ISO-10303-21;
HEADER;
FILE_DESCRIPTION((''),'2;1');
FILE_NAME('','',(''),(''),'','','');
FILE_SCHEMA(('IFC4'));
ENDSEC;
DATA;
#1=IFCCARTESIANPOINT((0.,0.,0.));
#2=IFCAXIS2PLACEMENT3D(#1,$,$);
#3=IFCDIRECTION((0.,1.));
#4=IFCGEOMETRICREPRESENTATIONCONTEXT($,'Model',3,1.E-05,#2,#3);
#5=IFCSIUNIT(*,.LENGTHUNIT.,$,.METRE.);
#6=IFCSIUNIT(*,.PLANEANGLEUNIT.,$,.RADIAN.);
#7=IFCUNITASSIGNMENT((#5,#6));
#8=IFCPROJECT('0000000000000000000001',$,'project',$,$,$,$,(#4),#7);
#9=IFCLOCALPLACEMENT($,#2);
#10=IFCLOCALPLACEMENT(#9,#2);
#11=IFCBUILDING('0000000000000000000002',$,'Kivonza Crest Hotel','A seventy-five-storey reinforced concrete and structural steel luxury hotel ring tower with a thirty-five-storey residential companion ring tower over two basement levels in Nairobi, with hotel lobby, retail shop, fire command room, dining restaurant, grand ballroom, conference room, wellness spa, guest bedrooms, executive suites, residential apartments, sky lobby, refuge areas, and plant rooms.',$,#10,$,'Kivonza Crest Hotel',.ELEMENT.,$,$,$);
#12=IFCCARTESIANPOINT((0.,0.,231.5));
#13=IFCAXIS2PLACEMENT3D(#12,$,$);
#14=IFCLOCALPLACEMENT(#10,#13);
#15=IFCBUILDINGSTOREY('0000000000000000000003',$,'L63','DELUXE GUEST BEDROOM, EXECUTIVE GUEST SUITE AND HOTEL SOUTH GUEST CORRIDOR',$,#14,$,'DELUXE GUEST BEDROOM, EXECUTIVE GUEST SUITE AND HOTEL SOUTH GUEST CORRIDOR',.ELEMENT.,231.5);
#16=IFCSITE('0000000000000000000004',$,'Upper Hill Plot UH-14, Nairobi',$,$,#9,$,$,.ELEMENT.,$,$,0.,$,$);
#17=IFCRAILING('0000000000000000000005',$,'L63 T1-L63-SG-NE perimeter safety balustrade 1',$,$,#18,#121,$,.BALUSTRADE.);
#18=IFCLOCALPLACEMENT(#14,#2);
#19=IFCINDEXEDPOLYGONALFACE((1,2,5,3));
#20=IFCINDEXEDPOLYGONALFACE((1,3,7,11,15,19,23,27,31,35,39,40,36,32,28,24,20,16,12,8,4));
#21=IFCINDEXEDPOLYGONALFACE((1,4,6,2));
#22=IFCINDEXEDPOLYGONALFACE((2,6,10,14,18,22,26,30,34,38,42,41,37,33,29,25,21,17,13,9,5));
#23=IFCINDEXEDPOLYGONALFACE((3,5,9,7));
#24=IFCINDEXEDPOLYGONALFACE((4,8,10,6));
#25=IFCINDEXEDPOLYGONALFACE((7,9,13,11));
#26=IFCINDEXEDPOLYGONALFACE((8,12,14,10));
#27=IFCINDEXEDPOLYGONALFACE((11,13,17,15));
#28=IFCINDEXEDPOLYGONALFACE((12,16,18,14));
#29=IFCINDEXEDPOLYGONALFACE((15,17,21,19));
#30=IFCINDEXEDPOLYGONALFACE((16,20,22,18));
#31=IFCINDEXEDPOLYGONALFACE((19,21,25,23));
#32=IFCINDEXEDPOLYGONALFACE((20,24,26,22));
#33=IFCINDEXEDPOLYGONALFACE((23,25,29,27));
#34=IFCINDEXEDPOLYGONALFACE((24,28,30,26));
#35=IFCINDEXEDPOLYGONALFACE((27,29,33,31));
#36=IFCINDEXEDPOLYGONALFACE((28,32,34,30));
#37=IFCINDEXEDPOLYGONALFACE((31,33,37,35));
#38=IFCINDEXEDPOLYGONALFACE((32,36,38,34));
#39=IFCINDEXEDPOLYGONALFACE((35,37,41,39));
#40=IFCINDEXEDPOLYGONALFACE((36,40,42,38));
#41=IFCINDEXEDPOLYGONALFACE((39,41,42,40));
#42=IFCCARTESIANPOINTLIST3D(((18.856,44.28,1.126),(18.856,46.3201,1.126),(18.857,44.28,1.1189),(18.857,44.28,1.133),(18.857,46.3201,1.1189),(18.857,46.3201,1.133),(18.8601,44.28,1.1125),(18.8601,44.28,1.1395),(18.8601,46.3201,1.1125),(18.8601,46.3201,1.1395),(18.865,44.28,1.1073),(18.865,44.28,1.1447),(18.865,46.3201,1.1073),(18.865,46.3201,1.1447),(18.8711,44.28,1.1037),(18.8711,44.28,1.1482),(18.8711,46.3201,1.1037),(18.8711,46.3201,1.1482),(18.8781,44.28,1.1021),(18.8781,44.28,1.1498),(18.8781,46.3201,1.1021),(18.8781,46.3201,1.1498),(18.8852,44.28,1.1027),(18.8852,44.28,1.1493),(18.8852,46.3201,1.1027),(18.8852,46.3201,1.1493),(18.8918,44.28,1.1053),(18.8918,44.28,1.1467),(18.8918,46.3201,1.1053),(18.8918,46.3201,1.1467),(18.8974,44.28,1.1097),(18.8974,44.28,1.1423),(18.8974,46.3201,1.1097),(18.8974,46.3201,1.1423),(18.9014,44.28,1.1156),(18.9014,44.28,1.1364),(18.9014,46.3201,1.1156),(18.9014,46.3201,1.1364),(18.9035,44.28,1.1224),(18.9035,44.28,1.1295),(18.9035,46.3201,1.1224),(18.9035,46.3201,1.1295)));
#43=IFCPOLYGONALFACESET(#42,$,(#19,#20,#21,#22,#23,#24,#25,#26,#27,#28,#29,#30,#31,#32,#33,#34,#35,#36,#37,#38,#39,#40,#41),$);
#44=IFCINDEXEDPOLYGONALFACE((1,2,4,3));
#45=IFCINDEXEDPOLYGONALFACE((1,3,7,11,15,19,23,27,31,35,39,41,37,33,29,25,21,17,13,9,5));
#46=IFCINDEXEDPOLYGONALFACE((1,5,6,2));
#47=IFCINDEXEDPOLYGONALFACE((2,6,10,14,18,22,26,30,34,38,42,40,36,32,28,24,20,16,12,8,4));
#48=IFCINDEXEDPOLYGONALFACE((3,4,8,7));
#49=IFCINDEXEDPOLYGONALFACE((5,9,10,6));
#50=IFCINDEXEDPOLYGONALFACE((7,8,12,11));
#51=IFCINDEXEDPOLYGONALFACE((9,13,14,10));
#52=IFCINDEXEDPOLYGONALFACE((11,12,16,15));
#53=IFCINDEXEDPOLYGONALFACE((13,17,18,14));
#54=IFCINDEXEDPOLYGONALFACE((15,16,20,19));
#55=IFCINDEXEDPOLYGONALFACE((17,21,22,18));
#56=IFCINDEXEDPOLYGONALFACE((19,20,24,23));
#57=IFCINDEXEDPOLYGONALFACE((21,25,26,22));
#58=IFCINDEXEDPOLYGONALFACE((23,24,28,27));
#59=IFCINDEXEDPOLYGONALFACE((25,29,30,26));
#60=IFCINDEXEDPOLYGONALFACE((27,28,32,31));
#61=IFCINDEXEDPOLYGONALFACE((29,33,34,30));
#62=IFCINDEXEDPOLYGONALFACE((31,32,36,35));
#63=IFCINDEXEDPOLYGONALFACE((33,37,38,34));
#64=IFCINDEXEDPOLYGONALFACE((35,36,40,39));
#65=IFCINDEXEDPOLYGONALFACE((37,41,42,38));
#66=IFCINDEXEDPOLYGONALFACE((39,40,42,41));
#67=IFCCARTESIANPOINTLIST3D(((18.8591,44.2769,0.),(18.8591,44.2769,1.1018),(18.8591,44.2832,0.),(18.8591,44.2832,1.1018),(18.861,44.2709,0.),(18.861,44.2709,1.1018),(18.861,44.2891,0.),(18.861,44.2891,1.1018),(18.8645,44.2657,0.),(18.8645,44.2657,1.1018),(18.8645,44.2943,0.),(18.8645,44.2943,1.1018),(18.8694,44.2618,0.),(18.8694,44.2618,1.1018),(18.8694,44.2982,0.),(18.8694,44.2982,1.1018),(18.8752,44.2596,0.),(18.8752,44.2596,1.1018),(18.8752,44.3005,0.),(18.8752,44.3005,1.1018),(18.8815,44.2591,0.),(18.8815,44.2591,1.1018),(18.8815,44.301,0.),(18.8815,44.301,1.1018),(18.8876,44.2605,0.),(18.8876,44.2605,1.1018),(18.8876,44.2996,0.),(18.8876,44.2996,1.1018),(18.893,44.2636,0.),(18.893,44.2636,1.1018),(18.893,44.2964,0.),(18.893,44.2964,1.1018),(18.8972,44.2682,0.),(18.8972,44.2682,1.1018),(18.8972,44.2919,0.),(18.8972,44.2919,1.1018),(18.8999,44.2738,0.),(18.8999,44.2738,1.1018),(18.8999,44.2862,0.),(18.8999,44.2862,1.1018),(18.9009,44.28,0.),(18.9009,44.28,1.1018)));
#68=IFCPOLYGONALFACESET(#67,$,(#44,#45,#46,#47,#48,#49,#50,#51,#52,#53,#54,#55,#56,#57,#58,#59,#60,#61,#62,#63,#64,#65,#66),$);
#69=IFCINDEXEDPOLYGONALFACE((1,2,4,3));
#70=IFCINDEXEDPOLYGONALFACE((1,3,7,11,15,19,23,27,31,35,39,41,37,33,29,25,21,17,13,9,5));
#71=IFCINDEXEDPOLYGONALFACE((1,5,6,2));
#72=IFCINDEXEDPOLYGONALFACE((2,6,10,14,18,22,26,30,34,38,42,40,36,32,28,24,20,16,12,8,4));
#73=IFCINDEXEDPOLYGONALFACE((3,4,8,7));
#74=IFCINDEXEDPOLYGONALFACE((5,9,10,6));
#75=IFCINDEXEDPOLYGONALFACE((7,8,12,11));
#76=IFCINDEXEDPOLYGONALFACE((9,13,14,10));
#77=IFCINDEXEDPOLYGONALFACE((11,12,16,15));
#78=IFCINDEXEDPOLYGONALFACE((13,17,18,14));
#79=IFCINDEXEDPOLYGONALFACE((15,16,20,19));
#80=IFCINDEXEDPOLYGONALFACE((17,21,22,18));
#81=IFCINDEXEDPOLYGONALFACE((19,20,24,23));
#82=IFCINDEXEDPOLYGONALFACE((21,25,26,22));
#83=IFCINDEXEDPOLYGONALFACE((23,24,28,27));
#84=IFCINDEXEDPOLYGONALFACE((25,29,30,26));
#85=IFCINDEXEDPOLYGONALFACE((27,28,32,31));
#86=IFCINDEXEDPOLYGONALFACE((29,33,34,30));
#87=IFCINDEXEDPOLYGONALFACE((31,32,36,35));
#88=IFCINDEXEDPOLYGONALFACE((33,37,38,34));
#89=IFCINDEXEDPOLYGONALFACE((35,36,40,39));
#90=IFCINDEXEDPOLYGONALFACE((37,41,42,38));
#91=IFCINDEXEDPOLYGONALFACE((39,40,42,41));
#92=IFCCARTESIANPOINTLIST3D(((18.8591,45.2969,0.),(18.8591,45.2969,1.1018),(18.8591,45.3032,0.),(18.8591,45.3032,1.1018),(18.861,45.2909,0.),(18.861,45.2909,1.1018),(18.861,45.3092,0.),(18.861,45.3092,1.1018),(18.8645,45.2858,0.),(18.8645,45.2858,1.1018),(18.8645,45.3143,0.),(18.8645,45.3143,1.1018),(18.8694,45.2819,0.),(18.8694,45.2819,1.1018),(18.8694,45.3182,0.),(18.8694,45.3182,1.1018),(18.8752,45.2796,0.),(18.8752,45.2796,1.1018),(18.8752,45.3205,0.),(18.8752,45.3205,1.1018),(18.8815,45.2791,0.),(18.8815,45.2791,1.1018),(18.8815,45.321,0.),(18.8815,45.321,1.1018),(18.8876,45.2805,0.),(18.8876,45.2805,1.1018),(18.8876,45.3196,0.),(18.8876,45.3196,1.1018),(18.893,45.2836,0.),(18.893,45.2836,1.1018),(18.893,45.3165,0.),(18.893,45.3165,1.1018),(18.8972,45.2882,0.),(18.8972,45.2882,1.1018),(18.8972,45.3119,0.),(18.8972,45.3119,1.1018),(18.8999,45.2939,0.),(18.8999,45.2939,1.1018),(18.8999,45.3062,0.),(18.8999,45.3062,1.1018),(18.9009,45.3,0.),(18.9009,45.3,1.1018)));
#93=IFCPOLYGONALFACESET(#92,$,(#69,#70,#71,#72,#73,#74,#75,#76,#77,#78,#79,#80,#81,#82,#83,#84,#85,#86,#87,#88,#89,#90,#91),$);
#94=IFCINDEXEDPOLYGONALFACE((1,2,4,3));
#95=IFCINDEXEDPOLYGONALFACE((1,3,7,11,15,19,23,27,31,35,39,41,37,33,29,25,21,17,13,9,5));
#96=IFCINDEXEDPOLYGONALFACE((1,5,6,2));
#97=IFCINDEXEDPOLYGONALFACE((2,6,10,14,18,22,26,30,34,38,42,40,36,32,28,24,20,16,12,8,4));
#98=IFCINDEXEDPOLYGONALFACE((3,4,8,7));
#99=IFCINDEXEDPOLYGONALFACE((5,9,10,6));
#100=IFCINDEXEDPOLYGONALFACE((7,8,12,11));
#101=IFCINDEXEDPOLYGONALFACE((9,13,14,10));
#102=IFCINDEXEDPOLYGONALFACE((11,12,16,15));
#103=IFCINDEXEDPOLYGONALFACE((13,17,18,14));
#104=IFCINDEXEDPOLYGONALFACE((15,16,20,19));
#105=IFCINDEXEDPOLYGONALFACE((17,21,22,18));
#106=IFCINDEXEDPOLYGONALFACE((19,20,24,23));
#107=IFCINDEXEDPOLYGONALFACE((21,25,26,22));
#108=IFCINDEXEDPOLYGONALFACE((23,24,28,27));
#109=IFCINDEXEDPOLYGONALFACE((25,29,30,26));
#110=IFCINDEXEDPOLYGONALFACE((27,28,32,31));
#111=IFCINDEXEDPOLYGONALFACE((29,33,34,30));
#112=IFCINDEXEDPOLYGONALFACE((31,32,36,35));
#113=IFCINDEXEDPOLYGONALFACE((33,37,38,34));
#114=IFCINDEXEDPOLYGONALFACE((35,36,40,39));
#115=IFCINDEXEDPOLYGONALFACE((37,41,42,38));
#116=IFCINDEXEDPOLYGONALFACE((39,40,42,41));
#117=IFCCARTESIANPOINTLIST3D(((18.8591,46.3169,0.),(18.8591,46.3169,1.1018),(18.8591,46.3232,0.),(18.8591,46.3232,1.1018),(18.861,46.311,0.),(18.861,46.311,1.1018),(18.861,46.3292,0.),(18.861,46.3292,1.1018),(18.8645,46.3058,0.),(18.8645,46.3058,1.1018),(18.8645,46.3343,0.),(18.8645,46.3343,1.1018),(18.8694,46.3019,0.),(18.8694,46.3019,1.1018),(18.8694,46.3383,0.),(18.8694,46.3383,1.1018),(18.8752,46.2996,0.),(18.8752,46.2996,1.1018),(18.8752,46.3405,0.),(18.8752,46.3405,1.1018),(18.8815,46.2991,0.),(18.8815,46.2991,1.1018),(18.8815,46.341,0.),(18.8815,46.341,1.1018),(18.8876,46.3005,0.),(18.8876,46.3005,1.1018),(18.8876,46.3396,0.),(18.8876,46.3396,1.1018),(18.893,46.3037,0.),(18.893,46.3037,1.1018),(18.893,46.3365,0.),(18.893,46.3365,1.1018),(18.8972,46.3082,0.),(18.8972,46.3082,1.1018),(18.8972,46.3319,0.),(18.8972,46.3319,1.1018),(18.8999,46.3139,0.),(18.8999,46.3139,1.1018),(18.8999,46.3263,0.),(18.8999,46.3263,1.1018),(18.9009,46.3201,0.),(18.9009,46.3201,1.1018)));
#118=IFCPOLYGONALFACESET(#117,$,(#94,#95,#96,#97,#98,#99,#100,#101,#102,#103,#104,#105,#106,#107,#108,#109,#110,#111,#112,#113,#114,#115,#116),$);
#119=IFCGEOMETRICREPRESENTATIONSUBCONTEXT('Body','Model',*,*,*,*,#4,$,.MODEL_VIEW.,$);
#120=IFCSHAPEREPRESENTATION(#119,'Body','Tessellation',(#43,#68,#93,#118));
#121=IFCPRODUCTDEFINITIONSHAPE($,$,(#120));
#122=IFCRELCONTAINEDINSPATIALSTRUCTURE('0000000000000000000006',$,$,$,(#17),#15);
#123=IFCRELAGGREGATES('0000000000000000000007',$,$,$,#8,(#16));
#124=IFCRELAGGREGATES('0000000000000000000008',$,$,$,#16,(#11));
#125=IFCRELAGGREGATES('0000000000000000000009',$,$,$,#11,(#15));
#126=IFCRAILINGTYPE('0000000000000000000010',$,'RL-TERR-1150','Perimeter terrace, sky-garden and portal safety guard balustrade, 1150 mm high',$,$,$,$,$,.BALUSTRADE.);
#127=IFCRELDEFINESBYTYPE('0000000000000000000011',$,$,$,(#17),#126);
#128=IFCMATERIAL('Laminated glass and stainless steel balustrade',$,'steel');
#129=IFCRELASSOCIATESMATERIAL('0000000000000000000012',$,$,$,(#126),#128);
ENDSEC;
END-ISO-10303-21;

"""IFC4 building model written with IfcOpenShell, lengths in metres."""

from ifc_helpers import new_model, si_unit, direction, frame, origin, origin_2d, place, context, subcontext, project, spatial, circle, extrude, material, type_object, element, save


model = new_model("IFC4")

# Units and contexts
model_context = context("Model", 3, precision=1e-05, world=origin(), true_north=direction((0.0, 1.0)))
body_context = subcontext(model_context, "Body", "Model", "MODEL_VIEW")
ifc_project = project(units=[si_unit("LENGTHUNIT", "METRE"), si_unit("PLANEANGLEUNIT", "RADIAN")], contexts=[model_context])

# Site, building, storey
site_placement = place(None, origin())
site = spatial("IfcSite", under=ifc_project, at=site_placement, Name="Upper Hill Plot UH-14, Nairobi", CompositionType="ELEMENT", RefElevation=0.0)
building_placement = place(site_placement, origin())
building = spatial("IfcBuilding", under=site, at=building_placement, Name="Kivonza Crest Hotel", Description="A seventy-five-storey reinforced concrete and structural steel luxury hotel ring tower with a thirty-five-storey residential companion ring tower over two basement levels in Nairobi, with hotel lobby, retail shop, fire command room, dining restaurant, grand ballroom, conference room, wellness spa, guest bedrooms, executive suites, residential apartments, sky lobby, refuge areas, and plant rooms.", LongName="Kivonza Crest Hotel", CompositionType="ELEMENT")
storey_placement = place(building_placement, frame((0.0, 0.0, 231.5)))
storey = spatial("IfcBuildingStorey", under=building, at=storey_placement, Name="L63", Description="DELUXE GUEST BEDROOM, EXECUTIVE GUEST SUITE AND HOTEL SOUTH GUEST CORRIDOR", LongName="DELUXE GUEST BEDROOM, EXECUTIVE GUEST SUITE AND HOTEL SOUTH GUEST CORRIDOR", CompositionType="ELEMENT", Elevation=231.5)

# Railing
ifc_material_1 = material(Name="Laminated glass and stainless steel balustrade", Category="steel")
railing_type = type_object("IfcRailingType", Name="RL-TERR-1150", Description="Perimeter terrace, sky-garden and portal safety guard balustrade, 1150 mm high", PredefinedType="BALUSTRADE", material=ifc_material_1)
railing_1_placement = place(storey_placement, frame((18.8799, 44.28, 0.0)))
element("IfcRailing", 1, at=railing_1_placement, inside=storey, type_object=railing_type, Name="L63 T1-L63-SG-NE perimeter safety balustrade 1", PredefinedType="BALUSTRADE", context=body_context, shape_type="SweptSolid", body=[
    extrude(circle(Radius=0.0239, at=origin_2d()), frame((0.0, 0.0, 1.126), z_axis=(0.0, 1.0, 0.0), x_axis=(-1.0, 0.0, 0.0)), (0.0, 0.0, 1.0), 2.04),
    extrude(circle(Radius=0.021, at=origin_2d()), origin(), (0.0, 0.0, 1.0), 1.1018),
    extrude(circle(Radius=0.021, at=origin_2d()), frame((0.0, 1.02, 0.0)), (0.0, 0.0, 1.0), 1.1018),
    extrude(circle(Radius=0.021, at=origin_2d()), frame((0.0, 2.04, 0.0)), (0.0, 0.0, 1.0), 1.1018),
])

save(model, "model.ifc")
